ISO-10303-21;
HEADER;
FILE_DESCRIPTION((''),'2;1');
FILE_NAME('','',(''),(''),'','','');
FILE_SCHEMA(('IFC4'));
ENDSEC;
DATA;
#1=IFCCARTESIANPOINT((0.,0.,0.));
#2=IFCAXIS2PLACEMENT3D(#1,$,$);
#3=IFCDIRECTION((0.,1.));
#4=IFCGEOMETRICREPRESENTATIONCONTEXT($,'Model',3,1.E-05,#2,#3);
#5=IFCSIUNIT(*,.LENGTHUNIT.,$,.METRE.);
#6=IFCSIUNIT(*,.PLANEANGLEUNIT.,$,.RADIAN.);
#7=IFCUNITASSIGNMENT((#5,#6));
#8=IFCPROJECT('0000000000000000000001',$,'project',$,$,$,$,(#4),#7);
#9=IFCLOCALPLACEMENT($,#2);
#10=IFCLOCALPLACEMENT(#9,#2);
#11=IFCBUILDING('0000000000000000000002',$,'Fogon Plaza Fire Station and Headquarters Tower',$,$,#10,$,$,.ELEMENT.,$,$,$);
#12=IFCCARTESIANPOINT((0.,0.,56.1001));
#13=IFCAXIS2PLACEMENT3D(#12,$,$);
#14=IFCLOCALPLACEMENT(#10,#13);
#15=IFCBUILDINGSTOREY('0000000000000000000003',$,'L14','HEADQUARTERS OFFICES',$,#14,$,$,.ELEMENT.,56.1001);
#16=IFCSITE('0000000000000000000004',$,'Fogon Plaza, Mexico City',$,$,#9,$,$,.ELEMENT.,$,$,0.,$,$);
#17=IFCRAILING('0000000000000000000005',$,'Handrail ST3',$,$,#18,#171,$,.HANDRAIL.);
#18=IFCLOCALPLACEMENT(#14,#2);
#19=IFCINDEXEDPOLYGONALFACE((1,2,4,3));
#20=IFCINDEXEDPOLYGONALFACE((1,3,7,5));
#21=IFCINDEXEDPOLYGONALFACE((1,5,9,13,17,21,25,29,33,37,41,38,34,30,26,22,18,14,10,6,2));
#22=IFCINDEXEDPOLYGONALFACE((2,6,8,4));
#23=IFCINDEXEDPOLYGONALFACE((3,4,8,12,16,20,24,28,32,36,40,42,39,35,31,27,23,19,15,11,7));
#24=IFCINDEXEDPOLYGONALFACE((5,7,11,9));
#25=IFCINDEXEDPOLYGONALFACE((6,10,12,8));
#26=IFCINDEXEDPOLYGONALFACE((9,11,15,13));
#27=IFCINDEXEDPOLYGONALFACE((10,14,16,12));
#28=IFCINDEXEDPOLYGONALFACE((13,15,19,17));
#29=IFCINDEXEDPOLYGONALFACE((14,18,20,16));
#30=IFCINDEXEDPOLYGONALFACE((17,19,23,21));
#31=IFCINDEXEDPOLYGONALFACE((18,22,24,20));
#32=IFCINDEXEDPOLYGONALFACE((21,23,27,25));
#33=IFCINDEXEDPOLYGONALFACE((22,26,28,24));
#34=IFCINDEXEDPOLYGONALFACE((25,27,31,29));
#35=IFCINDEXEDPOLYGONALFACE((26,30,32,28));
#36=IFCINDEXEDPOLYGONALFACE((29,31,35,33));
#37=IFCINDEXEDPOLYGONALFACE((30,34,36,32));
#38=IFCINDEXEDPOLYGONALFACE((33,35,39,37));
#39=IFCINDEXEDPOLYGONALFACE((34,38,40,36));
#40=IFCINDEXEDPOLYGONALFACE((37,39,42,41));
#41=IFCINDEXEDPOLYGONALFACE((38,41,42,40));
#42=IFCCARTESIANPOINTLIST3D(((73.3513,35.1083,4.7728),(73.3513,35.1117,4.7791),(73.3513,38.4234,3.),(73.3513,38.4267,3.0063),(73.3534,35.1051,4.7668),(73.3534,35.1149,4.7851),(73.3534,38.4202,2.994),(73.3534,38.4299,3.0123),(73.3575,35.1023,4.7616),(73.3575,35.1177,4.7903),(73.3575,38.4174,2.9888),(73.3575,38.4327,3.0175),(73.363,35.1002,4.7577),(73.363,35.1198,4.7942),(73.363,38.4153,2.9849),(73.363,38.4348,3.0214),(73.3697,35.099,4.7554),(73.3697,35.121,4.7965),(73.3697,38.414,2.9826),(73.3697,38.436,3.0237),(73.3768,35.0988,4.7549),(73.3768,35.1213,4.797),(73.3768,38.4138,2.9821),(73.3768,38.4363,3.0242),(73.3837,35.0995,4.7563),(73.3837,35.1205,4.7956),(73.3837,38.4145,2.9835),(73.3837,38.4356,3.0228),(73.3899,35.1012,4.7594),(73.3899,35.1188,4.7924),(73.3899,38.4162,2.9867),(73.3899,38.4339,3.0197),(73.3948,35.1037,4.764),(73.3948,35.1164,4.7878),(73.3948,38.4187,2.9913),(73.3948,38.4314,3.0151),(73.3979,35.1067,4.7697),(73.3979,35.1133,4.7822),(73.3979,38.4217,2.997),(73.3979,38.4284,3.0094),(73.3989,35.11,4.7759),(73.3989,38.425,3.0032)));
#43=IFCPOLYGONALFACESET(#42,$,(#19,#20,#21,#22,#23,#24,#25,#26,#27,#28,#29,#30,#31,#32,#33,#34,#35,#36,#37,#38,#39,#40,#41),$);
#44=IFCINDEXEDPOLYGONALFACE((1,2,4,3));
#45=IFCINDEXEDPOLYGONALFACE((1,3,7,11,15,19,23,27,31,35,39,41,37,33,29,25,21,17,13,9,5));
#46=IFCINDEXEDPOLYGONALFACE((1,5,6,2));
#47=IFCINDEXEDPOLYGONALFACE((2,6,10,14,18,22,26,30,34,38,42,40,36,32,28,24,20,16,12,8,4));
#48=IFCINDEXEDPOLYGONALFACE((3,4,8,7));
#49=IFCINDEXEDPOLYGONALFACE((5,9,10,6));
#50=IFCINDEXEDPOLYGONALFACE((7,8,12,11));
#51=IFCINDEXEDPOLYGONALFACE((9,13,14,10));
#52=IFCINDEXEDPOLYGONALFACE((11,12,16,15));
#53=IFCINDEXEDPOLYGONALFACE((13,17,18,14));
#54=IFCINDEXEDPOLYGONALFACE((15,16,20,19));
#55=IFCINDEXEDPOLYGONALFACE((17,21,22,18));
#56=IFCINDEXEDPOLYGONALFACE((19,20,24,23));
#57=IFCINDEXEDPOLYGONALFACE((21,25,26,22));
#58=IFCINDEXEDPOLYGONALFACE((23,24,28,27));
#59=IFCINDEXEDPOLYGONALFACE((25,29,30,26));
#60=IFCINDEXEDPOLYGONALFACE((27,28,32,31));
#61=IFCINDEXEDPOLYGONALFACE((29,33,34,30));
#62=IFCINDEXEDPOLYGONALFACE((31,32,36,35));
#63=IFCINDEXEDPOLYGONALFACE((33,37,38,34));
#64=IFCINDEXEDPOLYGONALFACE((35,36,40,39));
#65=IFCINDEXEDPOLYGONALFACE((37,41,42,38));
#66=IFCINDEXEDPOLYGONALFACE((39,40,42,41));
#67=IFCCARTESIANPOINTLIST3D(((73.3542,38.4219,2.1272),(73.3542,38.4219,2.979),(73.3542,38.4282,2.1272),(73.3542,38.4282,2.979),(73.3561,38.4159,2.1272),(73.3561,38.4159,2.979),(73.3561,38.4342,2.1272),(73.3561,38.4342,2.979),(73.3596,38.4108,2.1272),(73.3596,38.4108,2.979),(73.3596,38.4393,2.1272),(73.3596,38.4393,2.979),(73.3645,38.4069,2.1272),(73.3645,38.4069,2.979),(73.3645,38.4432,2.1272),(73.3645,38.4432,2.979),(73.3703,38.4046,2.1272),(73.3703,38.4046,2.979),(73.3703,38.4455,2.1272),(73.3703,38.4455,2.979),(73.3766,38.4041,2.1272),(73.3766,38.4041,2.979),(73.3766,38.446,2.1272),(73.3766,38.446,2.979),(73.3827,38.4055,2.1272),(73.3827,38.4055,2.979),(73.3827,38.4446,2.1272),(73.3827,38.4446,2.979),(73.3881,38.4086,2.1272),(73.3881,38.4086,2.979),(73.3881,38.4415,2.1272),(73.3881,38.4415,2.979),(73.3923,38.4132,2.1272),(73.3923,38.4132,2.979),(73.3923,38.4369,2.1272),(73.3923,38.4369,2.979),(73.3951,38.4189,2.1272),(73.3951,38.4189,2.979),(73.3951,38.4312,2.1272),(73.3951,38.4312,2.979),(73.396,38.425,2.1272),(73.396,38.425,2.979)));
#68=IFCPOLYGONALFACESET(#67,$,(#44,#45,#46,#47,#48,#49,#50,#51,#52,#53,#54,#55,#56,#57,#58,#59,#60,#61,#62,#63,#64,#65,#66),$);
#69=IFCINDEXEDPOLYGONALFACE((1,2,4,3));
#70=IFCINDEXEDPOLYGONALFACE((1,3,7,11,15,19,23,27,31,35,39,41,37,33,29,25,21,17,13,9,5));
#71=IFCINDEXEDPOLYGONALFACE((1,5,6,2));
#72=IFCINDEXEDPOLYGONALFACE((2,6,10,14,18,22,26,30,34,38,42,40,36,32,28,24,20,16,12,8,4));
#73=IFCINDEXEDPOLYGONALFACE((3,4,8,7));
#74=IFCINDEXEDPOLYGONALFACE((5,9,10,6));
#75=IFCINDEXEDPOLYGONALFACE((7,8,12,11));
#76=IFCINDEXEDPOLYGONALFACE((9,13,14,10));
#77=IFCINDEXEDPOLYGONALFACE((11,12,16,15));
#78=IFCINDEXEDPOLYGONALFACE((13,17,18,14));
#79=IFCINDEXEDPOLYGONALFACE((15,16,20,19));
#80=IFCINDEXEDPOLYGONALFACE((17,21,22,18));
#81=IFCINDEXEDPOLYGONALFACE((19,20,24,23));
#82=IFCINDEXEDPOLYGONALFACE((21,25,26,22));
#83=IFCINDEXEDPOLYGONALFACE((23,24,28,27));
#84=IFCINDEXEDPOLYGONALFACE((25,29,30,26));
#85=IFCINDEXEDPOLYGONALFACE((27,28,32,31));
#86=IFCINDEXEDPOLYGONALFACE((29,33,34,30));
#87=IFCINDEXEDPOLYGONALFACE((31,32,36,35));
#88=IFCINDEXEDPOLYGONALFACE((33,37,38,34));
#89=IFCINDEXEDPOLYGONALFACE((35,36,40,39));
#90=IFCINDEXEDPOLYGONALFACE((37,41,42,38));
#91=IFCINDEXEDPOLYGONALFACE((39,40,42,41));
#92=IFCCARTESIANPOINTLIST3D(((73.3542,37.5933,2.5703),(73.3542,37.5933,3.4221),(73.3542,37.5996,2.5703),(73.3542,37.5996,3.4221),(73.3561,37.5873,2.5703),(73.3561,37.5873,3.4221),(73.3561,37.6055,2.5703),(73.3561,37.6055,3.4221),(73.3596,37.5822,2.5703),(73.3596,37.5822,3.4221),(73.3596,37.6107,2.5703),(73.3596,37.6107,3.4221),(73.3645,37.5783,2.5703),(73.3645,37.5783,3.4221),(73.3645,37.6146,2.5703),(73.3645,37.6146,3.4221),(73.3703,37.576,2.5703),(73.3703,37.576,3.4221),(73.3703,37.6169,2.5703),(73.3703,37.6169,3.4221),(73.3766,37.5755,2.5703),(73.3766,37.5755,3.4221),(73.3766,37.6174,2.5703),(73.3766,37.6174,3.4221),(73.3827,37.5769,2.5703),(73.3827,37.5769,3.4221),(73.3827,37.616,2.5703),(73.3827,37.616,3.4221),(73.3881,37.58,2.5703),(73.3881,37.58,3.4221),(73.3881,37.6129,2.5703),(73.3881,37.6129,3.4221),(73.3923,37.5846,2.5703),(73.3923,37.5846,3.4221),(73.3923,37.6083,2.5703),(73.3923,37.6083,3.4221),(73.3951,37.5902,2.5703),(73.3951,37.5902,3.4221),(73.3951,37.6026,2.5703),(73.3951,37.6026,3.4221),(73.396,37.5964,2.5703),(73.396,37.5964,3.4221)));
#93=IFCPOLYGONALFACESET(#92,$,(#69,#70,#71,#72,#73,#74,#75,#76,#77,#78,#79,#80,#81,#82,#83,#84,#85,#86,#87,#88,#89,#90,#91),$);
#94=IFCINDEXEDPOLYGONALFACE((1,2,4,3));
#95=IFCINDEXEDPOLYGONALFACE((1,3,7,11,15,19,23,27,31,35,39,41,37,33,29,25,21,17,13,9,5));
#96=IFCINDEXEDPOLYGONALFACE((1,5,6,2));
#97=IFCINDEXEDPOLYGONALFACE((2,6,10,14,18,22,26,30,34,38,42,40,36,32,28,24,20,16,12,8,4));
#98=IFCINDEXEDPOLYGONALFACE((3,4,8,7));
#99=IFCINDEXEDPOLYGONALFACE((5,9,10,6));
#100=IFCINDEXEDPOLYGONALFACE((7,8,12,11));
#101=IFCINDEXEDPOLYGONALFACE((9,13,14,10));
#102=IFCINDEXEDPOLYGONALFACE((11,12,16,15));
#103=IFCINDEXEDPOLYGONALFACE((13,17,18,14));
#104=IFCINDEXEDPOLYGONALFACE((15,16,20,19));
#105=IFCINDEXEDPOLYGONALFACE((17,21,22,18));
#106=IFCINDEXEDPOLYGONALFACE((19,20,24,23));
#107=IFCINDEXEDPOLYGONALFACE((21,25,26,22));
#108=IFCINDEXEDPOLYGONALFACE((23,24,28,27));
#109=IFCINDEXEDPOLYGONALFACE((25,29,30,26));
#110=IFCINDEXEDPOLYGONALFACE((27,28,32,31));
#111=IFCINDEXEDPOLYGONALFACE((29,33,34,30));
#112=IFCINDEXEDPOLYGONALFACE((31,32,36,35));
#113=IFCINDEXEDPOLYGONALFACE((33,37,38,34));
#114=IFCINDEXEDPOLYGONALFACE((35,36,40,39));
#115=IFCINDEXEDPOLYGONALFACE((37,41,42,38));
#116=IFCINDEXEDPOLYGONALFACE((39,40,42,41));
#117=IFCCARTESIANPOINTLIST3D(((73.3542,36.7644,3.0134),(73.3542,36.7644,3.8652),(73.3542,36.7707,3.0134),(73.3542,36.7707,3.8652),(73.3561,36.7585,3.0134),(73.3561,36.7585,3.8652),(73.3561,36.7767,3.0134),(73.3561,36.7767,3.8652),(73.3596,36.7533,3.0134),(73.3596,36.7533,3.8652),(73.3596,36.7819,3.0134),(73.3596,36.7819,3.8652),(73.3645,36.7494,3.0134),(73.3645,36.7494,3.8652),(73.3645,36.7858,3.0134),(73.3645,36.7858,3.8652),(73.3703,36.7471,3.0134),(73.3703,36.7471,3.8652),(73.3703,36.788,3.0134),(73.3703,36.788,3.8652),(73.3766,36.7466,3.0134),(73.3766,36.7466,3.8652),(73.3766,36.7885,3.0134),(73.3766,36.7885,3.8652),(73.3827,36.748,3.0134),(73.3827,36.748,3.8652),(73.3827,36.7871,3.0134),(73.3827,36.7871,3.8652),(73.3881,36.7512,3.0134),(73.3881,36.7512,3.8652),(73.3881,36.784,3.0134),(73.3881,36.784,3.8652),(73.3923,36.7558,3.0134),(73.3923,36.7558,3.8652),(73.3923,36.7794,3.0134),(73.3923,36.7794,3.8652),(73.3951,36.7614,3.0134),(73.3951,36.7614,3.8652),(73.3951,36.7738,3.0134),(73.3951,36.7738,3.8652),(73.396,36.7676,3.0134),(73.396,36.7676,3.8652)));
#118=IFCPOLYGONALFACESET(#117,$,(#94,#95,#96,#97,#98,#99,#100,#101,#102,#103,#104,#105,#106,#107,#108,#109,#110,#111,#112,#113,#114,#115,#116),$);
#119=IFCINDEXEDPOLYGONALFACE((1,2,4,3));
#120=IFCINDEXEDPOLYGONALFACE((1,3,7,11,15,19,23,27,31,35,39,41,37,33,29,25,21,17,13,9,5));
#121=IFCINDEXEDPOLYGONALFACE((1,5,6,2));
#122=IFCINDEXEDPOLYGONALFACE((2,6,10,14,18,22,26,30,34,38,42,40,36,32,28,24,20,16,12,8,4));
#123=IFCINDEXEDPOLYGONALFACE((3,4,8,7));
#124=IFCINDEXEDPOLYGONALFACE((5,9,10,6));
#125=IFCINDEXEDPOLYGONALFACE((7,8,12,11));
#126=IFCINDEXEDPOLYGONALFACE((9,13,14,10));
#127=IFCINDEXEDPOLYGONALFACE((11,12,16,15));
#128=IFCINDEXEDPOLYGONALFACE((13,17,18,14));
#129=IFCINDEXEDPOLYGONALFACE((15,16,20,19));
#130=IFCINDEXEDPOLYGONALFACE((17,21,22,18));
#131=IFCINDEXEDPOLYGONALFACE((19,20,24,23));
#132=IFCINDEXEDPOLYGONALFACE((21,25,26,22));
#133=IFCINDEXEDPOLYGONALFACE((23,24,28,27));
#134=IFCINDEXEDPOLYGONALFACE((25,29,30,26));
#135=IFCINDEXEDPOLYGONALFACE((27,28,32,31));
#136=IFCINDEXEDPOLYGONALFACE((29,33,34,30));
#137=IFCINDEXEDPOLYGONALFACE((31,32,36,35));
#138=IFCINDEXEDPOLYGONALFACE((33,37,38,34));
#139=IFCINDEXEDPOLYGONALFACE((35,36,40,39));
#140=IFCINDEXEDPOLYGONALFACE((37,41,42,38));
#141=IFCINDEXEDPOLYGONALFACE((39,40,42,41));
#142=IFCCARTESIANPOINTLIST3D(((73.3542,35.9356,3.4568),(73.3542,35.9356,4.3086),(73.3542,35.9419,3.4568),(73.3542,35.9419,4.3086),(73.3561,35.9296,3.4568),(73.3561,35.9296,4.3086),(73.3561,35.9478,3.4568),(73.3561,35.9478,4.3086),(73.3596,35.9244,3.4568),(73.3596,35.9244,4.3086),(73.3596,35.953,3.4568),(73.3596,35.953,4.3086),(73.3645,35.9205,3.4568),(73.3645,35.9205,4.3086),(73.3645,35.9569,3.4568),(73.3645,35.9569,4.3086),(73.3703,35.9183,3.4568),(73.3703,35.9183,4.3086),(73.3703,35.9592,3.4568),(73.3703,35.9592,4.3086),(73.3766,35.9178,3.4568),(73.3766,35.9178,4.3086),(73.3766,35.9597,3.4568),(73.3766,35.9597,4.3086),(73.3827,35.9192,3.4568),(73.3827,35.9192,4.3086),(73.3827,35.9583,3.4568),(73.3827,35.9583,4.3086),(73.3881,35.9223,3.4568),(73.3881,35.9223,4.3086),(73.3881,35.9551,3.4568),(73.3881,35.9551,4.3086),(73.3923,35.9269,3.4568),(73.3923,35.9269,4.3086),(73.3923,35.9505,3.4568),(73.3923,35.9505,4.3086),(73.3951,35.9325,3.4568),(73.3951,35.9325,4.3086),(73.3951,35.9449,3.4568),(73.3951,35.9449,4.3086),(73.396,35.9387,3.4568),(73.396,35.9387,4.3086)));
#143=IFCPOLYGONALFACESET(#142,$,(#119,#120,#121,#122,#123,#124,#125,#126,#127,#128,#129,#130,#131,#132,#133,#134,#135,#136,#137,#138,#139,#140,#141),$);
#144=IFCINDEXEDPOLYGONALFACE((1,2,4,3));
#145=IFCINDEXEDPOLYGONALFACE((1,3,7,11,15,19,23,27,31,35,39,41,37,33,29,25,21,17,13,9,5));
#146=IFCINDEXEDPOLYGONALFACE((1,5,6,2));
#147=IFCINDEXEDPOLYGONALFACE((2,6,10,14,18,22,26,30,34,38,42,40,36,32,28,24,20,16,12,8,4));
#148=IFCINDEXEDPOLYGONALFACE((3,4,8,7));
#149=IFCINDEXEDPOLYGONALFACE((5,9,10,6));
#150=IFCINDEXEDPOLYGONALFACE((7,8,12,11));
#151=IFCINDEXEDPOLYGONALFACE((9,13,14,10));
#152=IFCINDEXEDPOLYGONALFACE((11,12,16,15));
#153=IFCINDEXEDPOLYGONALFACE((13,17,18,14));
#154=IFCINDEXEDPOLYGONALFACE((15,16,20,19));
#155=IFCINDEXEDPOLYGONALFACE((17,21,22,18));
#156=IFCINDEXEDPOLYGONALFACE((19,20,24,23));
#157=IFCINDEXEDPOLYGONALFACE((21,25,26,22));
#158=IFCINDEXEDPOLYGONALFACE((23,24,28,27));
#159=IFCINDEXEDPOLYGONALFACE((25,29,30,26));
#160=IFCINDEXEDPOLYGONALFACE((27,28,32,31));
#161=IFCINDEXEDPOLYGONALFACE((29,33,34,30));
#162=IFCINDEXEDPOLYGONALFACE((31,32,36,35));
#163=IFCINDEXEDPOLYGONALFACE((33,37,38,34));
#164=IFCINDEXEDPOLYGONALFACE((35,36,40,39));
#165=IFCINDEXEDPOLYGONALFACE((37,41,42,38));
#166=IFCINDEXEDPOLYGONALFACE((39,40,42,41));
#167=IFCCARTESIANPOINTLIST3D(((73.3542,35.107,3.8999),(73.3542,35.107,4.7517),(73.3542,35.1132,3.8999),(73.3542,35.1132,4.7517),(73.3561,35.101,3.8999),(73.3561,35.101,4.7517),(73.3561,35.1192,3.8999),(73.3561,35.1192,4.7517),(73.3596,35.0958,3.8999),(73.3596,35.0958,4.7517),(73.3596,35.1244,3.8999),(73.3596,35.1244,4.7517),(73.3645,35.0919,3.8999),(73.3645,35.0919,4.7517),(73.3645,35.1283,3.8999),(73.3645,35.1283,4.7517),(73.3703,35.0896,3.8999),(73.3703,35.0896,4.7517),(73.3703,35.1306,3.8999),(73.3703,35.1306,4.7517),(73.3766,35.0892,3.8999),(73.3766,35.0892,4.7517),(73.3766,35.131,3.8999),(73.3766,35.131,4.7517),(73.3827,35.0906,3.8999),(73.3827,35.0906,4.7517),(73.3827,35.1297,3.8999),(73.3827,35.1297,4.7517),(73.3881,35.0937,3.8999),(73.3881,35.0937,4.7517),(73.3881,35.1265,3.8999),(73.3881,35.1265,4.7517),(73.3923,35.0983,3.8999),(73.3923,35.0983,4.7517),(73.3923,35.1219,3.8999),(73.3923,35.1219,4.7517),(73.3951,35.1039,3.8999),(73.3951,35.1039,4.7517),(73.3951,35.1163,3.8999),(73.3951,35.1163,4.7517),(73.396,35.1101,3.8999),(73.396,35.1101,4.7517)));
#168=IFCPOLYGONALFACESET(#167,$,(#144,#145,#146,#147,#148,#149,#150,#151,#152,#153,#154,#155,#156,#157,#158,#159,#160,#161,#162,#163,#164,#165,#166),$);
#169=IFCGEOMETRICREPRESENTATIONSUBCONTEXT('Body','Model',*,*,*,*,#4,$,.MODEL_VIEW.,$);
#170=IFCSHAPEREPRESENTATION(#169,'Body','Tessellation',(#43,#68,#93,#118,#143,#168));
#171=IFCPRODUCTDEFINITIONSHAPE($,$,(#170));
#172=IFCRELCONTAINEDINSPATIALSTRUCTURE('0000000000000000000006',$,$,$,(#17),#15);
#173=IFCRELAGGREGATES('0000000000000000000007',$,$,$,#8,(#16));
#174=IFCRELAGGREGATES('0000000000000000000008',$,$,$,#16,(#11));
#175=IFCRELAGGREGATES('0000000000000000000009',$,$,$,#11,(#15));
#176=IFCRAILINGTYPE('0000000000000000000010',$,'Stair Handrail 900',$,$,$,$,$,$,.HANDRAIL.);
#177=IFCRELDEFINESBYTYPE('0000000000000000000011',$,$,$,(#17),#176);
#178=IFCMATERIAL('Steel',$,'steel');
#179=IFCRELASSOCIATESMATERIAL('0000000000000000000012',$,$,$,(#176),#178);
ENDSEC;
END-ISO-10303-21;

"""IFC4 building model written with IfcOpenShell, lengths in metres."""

from ifc_helpers import new_model, si_unit, direction, frame, origin, origin_2d, place, context, subcontext, project, spatial, circle, extrude, material, type_object, element, save


model = new_model("IFC4")

# Units and contexts
model_context = context("Model", 3, precision=1e-05, world=origin(), true_north=direction((0.0, 1.0)))
body_context = subcontext(model_context, "Body", "Model", "MODEL_VIEW")
ifc_project = project(units=[si_unit("LENGTHUNIT", "METRE"), si_unit("PLANEANGLEUNIT", "RADIAN")], contexts=[model_context])

# Site, building, storey
site_placement = place(None, origin())
site = spatial("IfcSite", under=ifc_project, at=site_placement, Name="Fogon Plaza, Mexico City", CompositionType="ELEMENT", RefElevation=0.0)
building_placement = place(site_placement, origin())
building = spatial("IfcBuilding", under=site, at=building_placement, Name="Fogon Plaza Fire Station and Headquarters Tower", CompositionType="ELEMENT")
storey_placement = place(building_placement, frame((0.0, 0.0, 56.1001)))
storey = spatial("IfcBuildingStorey", under=building, at=storey_placement, Name="L14", Description="HEADQUARTERS OFFICES", CompositionType="ELEMENT", Elevation=56.1001)

# Railing
ifc_material_1 = material(Name="Steel", Category="steel")
railing_type = type_object("IfcRailingType", Name="Stair Handrail 900", PredefinedType="HANDRAIL", material=ifc_material_1)
for number, where, name in (
    (1, (73.375, 38.425, 2.1272), "Handrail ST3"),
):
    element("IfcRailing", number, at=place(storey_placement, frame(where)), inside=storey, type_object=railing_type, Name=name, PredefinedType="HANDRAIL", context=body_context, shape_type="SweptSolid", body=[
        extrude(circle(Radius=0.0239, at=origin_2d()), frame((0.0, 0.0, 0.876), z_axis=(0.0, -0.881829, 0.471569), x_axis=(1.0, 0.0, 0.0)), (0.0, 0.0, 1.0), 3.7593),
        extrude(circle(Radius=0.021, at=origin_2d()), origin(), (0.0, 0.0, 1.0), 0.8518),
        extrude(circle(Radius=0.021, at=origin_2d()), frame((0.0, -0.8286, 0.4431)), (0.0, 0.0, 1.0), 0.8518),
        extrude(circle(Radius=0.021, at=origin_2d()), frame((0.0, -1.6575, 0.8862)), (0.0, 0.0, 1.0), 0.8518),
        extrude(circle(Radius=0.021, at=origin_2d()), frame((0.0, -2.4863, 1.3296)), (0.0, 0.0, 1.0), 0.8518),
        extrude(circle(Radius=0.021, at=origin_2d()), frame((0.0, -3.3149, 1.7727)), (0.0, 0.0, 1.0), 0.8518),
    ])

save(model, "model.ifc")
